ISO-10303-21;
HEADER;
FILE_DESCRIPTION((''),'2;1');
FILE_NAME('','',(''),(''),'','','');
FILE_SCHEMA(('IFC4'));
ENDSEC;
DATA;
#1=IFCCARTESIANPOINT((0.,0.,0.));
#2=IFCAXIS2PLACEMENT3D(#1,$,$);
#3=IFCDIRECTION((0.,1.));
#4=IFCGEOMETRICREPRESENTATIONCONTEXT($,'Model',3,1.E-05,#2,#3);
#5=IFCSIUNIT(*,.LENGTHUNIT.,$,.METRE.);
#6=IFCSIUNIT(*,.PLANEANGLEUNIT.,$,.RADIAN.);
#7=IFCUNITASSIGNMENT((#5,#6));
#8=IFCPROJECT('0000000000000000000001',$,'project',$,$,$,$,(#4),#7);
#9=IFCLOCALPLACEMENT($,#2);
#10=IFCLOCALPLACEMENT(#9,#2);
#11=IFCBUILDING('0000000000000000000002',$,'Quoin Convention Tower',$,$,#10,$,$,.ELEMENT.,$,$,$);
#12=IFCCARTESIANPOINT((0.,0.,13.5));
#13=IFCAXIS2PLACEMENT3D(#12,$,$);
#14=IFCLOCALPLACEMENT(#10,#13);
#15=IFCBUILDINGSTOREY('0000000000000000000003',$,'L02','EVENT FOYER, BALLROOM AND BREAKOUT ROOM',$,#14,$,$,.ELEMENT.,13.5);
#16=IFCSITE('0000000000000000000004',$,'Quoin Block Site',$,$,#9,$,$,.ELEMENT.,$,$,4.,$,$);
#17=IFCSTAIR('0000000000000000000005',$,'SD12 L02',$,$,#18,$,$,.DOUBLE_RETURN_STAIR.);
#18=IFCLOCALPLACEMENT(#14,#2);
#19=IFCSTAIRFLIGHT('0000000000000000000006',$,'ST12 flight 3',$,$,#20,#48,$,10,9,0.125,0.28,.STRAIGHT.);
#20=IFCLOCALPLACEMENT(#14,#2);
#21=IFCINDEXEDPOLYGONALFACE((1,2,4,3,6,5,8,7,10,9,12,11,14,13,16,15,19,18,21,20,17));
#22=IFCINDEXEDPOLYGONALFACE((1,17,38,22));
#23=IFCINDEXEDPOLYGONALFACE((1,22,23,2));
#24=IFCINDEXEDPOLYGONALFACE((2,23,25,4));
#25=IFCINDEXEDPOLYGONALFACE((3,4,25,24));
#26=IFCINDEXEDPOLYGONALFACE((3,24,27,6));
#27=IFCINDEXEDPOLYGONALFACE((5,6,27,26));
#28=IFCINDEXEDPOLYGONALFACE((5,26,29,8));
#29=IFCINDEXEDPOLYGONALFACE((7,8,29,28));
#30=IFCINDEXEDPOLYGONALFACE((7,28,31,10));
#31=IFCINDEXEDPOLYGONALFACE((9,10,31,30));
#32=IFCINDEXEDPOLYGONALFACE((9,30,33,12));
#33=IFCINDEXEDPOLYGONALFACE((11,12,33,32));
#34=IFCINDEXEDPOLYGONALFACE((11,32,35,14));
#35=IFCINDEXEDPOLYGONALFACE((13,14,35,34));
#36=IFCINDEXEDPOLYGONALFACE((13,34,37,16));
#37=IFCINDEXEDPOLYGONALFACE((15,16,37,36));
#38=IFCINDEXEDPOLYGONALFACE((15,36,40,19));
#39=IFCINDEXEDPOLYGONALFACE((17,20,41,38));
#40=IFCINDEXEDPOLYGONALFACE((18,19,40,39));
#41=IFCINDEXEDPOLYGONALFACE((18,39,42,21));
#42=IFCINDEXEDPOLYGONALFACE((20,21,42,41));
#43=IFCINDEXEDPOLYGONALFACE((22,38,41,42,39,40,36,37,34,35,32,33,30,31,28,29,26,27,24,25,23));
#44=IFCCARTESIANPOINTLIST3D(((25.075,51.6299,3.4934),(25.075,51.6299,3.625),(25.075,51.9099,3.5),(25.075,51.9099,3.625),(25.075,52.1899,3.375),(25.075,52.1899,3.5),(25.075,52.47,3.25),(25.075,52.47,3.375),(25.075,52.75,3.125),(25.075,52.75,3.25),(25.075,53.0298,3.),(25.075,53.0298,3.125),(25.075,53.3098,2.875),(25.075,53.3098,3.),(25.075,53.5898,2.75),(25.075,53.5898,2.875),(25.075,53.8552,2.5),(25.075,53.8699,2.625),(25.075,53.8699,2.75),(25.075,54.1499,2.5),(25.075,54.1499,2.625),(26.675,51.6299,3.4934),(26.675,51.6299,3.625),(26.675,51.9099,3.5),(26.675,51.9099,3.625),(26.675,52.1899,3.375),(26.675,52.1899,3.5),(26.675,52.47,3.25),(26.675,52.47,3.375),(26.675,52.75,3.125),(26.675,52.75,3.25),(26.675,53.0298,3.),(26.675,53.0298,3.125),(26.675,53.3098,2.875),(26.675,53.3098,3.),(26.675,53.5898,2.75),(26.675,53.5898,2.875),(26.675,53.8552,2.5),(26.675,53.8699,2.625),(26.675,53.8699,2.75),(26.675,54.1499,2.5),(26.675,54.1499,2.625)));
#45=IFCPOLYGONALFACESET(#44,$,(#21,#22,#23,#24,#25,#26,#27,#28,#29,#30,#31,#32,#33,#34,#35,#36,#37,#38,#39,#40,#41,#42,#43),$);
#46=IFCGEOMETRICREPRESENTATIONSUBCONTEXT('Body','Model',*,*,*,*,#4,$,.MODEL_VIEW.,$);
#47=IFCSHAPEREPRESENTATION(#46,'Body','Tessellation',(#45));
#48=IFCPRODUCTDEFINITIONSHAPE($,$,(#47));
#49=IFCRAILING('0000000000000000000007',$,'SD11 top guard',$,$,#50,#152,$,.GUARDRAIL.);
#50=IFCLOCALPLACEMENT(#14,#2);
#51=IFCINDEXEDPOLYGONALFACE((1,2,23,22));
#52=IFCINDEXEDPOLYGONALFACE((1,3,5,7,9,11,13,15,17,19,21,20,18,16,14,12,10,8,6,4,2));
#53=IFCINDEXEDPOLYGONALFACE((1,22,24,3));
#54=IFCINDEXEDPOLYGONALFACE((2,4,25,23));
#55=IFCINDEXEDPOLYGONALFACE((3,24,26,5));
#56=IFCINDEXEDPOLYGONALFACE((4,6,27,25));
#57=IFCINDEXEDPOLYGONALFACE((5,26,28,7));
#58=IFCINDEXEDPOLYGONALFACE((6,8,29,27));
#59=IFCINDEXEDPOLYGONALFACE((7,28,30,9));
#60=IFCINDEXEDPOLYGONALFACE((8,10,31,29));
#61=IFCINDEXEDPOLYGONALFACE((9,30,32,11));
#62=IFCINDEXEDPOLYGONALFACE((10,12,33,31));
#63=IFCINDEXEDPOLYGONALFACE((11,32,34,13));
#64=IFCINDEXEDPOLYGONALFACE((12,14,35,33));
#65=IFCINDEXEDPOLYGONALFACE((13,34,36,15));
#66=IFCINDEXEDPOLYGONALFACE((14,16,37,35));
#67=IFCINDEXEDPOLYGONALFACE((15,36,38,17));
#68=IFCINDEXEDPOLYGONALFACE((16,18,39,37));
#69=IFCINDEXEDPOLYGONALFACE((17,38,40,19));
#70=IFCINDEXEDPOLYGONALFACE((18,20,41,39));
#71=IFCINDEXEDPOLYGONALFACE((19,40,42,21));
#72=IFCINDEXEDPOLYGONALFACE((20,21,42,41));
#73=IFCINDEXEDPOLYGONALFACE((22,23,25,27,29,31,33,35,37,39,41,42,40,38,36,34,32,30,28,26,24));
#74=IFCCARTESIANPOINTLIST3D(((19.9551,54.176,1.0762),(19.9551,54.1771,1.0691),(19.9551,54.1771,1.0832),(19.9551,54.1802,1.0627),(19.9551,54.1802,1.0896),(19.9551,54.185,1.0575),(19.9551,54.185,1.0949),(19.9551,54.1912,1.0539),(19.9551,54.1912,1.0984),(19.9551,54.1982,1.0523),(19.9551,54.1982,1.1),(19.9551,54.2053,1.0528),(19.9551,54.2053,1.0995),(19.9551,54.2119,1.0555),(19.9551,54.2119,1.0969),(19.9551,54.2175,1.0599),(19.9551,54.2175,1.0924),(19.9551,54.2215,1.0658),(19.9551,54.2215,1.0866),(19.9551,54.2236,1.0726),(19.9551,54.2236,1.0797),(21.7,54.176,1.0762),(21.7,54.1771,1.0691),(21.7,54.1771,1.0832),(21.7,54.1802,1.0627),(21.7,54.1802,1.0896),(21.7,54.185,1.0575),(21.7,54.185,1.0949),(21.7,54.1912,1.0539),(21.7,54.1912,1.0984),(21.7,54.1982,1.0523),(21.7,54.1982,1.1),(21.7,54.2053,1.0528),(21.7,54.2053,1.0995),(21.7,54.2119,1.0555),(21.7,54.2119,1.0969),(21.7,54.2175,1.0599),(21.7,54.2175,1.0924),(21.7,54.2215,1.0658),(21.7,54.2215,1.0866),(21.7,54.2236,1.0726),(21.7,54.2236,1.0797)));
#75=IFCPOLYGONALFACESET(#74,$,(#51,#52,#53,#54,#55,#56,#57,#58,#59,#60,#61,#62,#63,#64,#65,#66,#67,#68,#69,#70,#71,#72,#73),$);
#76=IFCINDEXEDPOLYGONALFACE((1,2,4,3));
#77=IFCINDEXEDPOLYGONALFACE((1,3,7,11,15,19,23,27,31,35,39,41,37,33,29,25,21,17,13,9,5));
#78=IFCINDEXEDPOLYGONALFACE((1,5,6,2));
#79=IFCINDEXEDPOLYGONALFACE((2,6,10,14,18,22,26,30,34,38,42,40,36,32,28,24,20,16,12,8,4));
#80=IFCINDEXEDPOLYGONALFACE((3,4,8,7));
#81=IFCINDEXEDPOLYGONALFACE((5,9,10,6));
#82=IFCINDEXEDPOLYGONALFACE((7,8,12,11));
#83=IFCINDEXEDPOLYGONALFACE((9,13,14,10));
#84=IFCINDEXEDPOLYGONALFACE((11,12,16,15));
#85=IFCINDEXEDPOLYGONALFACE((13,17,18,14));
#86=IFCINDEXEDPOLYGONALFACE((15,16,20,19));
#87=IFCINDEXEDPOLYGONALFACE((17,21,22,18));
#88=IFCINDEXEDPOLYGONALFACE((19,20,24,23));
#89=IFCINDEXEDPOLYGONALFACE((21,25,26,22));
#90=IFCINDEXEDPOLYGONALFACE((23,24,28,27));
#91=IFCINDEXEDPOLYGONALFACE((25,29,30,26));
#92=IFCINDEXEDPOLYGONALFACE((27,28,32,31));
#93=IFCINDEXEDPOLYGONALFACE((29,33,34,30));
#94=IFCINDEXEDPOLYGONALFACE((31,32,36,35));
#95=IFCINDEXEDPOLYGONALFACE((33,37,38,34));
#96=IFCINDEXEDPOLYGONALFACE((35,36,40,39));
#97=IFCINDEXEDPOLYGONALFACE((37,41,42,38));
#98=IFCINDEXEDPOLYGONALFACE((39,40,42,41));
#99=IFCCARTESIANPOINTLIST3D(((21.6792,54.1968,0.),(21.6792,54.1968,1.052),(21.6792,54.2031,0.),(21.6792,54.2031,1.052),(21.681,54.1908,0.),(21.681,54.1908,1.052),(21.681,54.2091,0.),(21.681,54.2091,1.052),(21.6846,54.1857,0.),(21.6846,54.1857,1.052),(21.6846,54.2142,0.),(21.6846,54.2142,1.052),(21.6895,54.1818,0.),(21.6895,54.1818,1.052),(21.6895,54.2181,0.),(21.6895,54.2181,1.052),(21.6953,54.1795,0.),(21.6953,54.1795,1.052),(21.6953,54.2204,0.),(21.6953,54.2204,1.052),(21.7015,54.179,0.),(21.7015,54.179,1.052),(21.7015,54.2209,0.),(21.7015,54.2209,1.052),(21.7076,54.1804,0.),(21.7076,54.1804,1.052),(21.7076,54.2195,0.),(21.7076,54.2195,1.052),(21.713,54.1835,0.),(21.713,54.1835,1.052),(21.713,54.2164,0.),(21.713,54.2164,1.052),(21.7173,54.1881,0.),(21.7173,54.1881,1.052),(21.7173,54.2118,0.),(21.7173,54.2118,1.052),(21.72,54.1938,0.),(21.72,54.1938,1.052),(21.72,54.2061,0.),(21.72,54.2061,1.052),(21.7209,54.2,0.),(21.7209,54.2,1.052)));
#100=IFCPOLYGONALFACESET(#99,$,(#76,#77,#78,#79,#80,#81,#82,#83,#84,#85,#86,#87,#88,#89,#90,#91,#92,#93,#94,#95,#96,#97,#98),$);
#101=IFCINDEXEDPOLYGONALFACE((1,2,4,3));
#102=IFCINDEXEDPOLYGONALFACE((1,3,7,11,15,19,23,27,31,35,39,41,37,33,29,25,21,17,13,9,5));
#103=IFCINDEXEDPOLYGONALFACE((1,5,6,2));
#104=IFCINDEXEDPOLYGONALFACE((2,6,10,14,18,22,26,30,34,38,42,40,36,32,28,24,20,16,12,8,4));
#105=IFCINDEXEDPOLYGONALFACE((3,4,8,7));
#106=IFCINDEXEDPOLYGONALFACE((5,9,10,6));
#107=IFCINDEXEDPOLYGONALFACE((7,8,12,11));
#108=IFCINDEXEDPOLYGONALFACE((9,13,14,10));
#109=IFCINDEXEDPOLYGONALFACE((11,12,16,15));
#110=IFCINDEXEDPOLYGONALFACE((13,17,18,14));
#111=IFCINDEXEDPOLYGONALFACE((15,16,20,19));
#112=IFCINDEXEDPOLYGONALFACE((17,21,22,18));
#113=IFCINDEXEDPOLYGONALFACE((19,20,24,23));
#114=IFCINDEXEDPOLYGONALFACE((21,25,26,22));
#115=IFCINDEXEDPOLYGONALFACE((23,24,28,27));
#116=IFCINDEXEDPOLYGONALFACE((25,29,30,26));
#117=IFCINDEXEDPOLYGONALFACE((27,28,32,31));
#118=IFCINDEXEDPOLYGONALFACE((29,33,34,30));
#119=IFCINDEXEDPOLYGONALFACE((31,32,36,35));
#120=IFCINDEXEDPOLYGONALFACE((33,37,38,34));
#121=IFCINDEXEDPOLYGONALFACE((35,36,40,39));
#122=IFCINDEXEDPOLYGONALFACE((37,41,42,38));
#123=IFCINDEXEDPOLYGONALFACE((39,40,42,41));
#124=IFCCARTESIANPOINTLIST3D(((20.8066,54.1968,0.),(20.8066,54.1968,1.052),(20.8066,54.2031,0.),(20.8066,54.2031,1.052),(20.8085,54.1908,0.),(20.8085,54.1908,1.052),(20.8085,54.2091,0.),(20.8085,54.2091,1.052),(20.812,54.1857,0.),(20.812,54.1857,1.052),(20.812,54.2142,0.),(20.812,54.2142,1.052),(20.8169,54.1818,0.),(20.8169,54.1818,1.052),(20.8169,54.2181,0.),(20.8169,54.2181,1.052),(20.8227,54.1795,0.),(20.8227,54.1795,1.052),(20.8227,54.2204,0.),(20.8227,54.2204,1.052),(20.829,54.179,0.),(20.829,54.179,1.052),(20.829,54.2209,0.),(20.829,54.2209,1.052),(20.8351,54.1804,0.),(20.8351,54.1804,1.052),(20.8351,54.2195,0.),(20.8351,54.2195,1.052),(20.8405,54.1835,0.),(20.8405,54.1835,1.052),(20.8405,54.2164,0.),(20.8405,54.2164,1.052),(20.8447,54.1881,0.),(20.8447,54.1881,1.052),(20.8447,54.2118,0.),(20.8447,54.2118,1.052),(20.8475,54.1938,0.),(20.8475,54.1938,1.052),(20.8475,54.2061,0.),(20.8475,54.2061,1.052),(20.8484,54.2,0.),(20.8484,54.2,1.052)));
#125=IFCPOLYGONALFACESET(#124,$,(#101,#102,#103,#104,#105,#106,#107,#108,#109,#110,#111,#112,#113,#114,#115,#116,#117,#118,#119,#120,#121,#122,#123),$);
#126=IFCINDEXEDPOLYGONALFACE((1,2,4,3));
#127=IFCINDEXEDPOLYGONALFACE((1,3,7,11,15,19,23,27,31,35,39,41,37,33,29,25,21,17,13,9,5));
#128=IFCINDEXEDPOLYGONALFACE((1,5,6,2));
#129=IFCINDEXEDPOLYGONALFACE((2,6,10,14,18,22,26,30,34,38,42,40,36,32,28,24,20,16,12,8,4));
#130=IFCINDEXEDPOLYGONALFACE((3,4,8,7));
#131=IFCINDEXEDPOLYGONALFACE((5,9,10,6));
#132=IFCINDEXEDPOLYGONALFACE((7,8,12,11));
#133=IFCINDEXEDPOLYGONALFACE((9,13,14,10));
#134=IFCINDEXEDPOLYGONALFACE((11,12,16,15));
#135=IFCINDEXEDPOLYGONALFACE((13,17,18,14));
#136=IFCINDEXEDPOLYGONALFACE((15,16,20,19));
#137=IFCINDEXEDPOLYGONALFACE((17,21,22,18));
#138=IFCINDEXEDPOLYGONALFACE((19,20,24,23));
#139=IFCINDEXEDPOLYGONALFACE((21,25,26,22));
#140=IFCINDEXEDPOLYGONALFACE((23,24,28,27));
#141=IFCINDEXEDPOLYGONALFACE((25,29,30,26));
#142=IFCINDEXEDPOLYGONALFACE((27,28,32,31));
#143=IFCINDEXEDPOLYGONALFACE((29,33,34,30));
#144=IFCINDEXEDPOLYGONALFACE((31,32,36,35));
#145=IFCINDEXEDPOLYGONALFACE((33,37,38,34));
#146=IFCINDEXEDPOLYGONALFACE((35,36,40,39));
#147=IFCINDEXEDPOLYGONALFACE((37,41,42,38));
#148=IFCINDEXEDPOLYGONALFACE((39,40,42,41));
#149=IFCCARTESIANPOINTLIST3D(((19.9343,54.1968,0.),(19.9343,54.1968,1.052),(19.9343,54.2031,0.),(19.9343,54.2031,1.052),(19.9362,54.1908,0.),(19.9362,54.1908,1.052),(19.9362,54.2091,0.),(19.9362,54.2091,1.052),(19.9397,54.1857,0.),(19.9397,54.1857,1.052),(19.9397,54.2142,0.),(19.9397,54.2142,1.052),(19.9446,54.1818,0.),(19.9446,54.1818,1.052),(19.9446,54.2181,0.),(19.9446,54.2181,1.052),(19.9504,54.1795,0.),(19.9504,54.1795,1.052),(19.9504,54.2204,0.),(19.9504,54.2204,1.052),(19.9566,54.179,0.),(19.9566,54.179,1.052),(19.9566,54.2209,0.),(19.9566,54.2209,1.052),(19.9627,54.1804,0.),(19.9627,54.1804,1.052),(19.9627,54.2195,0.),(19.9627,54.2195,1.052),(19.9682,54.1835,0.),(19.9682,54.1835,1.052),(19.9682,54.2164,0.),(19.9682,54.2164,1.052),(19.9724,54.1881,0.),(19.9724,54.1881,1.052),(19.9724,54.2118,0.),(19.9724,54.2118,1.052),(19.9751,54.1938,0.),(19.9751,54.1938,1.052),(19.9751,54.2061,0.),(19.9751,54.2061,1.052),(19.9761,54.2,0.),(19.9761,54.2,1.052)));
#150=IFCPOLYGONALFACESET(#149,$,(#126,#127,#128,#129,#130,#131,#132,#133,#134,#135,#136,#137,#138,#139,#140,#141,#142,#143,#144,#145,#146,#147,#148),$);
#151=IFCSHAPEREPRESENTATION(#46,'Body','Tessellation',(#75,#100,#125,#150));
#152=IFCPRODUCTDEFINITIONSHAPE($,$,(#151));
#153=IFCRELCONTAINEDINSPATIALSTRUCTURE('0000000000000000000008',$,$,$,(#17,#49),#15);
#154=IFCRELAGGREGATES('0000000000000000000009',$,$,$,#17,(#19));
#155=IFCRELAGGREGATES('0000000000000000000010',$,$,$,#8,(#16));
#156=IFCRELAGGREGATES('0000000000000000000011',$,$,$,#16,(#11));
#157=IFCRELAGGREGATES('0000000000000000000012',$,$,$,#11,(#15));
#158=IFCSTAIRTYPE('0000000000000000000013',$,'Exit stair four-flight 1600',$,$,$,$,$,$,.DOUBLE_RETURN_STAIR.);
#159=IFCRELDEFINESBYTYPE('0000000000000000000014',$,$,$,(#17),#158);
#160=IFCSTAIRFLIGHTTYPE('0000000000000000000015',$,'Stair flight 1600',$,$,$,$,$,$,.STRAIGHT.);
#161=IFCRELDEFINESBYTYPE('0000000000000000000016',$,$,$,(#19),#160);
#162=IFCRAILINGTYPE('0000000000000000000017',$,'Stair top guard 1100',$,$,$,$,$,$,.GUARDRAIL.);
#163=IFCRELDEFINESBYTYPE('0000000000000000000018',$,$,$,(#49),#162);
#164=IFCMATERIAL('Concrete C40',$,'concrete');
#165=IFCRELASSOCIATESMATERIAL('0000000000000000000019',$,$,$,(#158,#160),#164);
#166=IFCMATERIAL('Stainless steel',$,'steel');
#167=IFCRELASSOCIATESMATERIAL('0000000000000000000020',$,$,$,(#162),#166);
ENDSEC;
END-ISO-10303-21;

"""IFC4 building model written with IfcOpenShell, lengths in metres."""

from ifc_helpers import new_model, si_unit, direction, frame, origin, origin_2d, place, context, subcontext, project, spatial, polyline, circle, outline, extrude, material, type_object, element, aggregate, save


model = new_model("IFC4")

# Units and contexts
model_context = context("Model", 3, precision=1e-05, world=origin(), true_north=direction((0.0, 1.0)))
body_context = subcontext(model_context, "Body", "Model", "MODEL_VIEW")
ifc_project = project(units=[si_unit("LENGTHUNIT", "METRE"), si_unit("PLANEANGLEUNIT", "RADIAN")], contexts=[model_context])

# Site, building, storey
site_placement = place(None, origin())
site = spatial("IfcSite", under=ifc_project, at=site_placement, Name="Quoin Block Site", CompositionType="ELEMENT", RefElevation=4.0)
building_placement = place(site_placement, origin())
building = spatial("IfcBuilding", under=site, at=building_placement, Name="Quoin Convention Tower", CompositionType="ELEMENT")
storey_placement = place(building_placement, frame((0.0, 0.0, 13.5)))
storey = spatial("IfcBuildingStorey", under=building, at=storey_placement, Name="L02", Description="EVENT FOYER, BALLROOM AND BREAKOUT ROOM", CompositionType="ELEMENT", Elevation=13.5)

# Shared definitions
ifc_material_1 = material(Name="Concrete C40", Category="concrete")
stair_type = type_object("IfcStairType", Name="Exit stair four-flight 1600", PredefinedType="DOUBLE_RETURN_STAIR", material=ifc_material_1)
stair_flight_type = type_object("IfcStairFlightType", Name="Stair flight 1600", PredefinedType="STRAIGHT", material=ifc_material_1)

# Stair, stair flight
stair_1_placement = place(storey_placement, origin())
stair_1 = element("IfcStair", 1, at=stair_1_placement, inside=storey, type_object=stair_type, Name="SD12 L02", PredefinedType="DOUBLE_RETURN_STAIR")
stair_flight_1_placement = place(storey_placement, frame((25.875, 54.1499, 2.5), z_axis=(0.0, 0.0, 1.0), x_axis=(0.0, -1.0, 0.0)))
stair_flight_1 = element("IfcStairFlight", 2, at=stair_flight_1_placement, type_object=stair_flight_type, Name="ST12 flight 3", NumberOfRisers=10, NumberOfTreads=9, PredefinedType="STRAIGHT", RiserHeight=0.125, TreadLength=0.28, context=body_context, shape_type="SweptSolid", body=[
    extrude(outline(polyline([(0.0, 0.0), (0.0, 0.125), (0.28, 0.125), (0.28, 0.25), (0.5601, 0.25), (0.5601, 0.375), (0.8401, 0.375), (0.8401, 0.5), (1.1201, 0.5), (1.1201, 0.625), (1.3999, 0.625), (1.3999, 0.75), (1.6799, 0.75), (1.6799, 0.875), (1.96, 0.875), (1.96, 1.0), (2.24, 1.0), (2.24, 1.125), (2.52, 1.125), (2.52, 1.25), (2.52, 0.9934), (0.2947, 0.0), (0.0, 0.0)])), frame((0.0, 0.8, 0.0), z_axis=(0.0, -1.0, 0.0), x_axis=(1.0, 0.0, 0.0)), (0.0, 0.0, 1.0), 1.6001),
])
aggregate(stair_1, [stair_flight_1])

# Railing
ifc_material_2 = material(Name="Stainless steel", Category="steel")
railing_type_1 = type_object("IfcRailingType", Name="Stair top guard 1100", PredefinedType="GUARDRAIL", material=ifc_material_2)
for number, where, name in (
    (3, (21.7, 54.2, 0.0), "SD11 top guard"),
):
    element("IfcRailing", number, at=place(storey_placement, frame(where)), inside=storey, type_object=railing_type_1, Name=name, PredefinedType="GUARDRAIL", context=body_context, shape_type="SweptSolid", body=[
        extrude(circle(Radius=0.0239, at=origin_2d()), frame((0.0, 0.0, 1.0762), z_axis=(-1.0, 0.0, 0.0), x_axis=(0.0, -1.0, 0.0)), (0.0, 0.0, 1.0), 1.7449),
        extrude(circle(Radius=0.021, at=origin_2d()), origin(), (0.0, 0.0, 1.0), 1.052),
        extrude(circle(Radius=0.021, at=origin_2d()), frame((-0.8726, 0.0, 0.0)), (0.0, 0.0, 1.0), 1.052),
        extrude(circle(Radius=0.021, at=origin_2d()), frame((-1.7449, 0.0, 0.0)), (0.0, 0.0, 1.0), 1.052),
    ])

save(model, "model.ifc")
